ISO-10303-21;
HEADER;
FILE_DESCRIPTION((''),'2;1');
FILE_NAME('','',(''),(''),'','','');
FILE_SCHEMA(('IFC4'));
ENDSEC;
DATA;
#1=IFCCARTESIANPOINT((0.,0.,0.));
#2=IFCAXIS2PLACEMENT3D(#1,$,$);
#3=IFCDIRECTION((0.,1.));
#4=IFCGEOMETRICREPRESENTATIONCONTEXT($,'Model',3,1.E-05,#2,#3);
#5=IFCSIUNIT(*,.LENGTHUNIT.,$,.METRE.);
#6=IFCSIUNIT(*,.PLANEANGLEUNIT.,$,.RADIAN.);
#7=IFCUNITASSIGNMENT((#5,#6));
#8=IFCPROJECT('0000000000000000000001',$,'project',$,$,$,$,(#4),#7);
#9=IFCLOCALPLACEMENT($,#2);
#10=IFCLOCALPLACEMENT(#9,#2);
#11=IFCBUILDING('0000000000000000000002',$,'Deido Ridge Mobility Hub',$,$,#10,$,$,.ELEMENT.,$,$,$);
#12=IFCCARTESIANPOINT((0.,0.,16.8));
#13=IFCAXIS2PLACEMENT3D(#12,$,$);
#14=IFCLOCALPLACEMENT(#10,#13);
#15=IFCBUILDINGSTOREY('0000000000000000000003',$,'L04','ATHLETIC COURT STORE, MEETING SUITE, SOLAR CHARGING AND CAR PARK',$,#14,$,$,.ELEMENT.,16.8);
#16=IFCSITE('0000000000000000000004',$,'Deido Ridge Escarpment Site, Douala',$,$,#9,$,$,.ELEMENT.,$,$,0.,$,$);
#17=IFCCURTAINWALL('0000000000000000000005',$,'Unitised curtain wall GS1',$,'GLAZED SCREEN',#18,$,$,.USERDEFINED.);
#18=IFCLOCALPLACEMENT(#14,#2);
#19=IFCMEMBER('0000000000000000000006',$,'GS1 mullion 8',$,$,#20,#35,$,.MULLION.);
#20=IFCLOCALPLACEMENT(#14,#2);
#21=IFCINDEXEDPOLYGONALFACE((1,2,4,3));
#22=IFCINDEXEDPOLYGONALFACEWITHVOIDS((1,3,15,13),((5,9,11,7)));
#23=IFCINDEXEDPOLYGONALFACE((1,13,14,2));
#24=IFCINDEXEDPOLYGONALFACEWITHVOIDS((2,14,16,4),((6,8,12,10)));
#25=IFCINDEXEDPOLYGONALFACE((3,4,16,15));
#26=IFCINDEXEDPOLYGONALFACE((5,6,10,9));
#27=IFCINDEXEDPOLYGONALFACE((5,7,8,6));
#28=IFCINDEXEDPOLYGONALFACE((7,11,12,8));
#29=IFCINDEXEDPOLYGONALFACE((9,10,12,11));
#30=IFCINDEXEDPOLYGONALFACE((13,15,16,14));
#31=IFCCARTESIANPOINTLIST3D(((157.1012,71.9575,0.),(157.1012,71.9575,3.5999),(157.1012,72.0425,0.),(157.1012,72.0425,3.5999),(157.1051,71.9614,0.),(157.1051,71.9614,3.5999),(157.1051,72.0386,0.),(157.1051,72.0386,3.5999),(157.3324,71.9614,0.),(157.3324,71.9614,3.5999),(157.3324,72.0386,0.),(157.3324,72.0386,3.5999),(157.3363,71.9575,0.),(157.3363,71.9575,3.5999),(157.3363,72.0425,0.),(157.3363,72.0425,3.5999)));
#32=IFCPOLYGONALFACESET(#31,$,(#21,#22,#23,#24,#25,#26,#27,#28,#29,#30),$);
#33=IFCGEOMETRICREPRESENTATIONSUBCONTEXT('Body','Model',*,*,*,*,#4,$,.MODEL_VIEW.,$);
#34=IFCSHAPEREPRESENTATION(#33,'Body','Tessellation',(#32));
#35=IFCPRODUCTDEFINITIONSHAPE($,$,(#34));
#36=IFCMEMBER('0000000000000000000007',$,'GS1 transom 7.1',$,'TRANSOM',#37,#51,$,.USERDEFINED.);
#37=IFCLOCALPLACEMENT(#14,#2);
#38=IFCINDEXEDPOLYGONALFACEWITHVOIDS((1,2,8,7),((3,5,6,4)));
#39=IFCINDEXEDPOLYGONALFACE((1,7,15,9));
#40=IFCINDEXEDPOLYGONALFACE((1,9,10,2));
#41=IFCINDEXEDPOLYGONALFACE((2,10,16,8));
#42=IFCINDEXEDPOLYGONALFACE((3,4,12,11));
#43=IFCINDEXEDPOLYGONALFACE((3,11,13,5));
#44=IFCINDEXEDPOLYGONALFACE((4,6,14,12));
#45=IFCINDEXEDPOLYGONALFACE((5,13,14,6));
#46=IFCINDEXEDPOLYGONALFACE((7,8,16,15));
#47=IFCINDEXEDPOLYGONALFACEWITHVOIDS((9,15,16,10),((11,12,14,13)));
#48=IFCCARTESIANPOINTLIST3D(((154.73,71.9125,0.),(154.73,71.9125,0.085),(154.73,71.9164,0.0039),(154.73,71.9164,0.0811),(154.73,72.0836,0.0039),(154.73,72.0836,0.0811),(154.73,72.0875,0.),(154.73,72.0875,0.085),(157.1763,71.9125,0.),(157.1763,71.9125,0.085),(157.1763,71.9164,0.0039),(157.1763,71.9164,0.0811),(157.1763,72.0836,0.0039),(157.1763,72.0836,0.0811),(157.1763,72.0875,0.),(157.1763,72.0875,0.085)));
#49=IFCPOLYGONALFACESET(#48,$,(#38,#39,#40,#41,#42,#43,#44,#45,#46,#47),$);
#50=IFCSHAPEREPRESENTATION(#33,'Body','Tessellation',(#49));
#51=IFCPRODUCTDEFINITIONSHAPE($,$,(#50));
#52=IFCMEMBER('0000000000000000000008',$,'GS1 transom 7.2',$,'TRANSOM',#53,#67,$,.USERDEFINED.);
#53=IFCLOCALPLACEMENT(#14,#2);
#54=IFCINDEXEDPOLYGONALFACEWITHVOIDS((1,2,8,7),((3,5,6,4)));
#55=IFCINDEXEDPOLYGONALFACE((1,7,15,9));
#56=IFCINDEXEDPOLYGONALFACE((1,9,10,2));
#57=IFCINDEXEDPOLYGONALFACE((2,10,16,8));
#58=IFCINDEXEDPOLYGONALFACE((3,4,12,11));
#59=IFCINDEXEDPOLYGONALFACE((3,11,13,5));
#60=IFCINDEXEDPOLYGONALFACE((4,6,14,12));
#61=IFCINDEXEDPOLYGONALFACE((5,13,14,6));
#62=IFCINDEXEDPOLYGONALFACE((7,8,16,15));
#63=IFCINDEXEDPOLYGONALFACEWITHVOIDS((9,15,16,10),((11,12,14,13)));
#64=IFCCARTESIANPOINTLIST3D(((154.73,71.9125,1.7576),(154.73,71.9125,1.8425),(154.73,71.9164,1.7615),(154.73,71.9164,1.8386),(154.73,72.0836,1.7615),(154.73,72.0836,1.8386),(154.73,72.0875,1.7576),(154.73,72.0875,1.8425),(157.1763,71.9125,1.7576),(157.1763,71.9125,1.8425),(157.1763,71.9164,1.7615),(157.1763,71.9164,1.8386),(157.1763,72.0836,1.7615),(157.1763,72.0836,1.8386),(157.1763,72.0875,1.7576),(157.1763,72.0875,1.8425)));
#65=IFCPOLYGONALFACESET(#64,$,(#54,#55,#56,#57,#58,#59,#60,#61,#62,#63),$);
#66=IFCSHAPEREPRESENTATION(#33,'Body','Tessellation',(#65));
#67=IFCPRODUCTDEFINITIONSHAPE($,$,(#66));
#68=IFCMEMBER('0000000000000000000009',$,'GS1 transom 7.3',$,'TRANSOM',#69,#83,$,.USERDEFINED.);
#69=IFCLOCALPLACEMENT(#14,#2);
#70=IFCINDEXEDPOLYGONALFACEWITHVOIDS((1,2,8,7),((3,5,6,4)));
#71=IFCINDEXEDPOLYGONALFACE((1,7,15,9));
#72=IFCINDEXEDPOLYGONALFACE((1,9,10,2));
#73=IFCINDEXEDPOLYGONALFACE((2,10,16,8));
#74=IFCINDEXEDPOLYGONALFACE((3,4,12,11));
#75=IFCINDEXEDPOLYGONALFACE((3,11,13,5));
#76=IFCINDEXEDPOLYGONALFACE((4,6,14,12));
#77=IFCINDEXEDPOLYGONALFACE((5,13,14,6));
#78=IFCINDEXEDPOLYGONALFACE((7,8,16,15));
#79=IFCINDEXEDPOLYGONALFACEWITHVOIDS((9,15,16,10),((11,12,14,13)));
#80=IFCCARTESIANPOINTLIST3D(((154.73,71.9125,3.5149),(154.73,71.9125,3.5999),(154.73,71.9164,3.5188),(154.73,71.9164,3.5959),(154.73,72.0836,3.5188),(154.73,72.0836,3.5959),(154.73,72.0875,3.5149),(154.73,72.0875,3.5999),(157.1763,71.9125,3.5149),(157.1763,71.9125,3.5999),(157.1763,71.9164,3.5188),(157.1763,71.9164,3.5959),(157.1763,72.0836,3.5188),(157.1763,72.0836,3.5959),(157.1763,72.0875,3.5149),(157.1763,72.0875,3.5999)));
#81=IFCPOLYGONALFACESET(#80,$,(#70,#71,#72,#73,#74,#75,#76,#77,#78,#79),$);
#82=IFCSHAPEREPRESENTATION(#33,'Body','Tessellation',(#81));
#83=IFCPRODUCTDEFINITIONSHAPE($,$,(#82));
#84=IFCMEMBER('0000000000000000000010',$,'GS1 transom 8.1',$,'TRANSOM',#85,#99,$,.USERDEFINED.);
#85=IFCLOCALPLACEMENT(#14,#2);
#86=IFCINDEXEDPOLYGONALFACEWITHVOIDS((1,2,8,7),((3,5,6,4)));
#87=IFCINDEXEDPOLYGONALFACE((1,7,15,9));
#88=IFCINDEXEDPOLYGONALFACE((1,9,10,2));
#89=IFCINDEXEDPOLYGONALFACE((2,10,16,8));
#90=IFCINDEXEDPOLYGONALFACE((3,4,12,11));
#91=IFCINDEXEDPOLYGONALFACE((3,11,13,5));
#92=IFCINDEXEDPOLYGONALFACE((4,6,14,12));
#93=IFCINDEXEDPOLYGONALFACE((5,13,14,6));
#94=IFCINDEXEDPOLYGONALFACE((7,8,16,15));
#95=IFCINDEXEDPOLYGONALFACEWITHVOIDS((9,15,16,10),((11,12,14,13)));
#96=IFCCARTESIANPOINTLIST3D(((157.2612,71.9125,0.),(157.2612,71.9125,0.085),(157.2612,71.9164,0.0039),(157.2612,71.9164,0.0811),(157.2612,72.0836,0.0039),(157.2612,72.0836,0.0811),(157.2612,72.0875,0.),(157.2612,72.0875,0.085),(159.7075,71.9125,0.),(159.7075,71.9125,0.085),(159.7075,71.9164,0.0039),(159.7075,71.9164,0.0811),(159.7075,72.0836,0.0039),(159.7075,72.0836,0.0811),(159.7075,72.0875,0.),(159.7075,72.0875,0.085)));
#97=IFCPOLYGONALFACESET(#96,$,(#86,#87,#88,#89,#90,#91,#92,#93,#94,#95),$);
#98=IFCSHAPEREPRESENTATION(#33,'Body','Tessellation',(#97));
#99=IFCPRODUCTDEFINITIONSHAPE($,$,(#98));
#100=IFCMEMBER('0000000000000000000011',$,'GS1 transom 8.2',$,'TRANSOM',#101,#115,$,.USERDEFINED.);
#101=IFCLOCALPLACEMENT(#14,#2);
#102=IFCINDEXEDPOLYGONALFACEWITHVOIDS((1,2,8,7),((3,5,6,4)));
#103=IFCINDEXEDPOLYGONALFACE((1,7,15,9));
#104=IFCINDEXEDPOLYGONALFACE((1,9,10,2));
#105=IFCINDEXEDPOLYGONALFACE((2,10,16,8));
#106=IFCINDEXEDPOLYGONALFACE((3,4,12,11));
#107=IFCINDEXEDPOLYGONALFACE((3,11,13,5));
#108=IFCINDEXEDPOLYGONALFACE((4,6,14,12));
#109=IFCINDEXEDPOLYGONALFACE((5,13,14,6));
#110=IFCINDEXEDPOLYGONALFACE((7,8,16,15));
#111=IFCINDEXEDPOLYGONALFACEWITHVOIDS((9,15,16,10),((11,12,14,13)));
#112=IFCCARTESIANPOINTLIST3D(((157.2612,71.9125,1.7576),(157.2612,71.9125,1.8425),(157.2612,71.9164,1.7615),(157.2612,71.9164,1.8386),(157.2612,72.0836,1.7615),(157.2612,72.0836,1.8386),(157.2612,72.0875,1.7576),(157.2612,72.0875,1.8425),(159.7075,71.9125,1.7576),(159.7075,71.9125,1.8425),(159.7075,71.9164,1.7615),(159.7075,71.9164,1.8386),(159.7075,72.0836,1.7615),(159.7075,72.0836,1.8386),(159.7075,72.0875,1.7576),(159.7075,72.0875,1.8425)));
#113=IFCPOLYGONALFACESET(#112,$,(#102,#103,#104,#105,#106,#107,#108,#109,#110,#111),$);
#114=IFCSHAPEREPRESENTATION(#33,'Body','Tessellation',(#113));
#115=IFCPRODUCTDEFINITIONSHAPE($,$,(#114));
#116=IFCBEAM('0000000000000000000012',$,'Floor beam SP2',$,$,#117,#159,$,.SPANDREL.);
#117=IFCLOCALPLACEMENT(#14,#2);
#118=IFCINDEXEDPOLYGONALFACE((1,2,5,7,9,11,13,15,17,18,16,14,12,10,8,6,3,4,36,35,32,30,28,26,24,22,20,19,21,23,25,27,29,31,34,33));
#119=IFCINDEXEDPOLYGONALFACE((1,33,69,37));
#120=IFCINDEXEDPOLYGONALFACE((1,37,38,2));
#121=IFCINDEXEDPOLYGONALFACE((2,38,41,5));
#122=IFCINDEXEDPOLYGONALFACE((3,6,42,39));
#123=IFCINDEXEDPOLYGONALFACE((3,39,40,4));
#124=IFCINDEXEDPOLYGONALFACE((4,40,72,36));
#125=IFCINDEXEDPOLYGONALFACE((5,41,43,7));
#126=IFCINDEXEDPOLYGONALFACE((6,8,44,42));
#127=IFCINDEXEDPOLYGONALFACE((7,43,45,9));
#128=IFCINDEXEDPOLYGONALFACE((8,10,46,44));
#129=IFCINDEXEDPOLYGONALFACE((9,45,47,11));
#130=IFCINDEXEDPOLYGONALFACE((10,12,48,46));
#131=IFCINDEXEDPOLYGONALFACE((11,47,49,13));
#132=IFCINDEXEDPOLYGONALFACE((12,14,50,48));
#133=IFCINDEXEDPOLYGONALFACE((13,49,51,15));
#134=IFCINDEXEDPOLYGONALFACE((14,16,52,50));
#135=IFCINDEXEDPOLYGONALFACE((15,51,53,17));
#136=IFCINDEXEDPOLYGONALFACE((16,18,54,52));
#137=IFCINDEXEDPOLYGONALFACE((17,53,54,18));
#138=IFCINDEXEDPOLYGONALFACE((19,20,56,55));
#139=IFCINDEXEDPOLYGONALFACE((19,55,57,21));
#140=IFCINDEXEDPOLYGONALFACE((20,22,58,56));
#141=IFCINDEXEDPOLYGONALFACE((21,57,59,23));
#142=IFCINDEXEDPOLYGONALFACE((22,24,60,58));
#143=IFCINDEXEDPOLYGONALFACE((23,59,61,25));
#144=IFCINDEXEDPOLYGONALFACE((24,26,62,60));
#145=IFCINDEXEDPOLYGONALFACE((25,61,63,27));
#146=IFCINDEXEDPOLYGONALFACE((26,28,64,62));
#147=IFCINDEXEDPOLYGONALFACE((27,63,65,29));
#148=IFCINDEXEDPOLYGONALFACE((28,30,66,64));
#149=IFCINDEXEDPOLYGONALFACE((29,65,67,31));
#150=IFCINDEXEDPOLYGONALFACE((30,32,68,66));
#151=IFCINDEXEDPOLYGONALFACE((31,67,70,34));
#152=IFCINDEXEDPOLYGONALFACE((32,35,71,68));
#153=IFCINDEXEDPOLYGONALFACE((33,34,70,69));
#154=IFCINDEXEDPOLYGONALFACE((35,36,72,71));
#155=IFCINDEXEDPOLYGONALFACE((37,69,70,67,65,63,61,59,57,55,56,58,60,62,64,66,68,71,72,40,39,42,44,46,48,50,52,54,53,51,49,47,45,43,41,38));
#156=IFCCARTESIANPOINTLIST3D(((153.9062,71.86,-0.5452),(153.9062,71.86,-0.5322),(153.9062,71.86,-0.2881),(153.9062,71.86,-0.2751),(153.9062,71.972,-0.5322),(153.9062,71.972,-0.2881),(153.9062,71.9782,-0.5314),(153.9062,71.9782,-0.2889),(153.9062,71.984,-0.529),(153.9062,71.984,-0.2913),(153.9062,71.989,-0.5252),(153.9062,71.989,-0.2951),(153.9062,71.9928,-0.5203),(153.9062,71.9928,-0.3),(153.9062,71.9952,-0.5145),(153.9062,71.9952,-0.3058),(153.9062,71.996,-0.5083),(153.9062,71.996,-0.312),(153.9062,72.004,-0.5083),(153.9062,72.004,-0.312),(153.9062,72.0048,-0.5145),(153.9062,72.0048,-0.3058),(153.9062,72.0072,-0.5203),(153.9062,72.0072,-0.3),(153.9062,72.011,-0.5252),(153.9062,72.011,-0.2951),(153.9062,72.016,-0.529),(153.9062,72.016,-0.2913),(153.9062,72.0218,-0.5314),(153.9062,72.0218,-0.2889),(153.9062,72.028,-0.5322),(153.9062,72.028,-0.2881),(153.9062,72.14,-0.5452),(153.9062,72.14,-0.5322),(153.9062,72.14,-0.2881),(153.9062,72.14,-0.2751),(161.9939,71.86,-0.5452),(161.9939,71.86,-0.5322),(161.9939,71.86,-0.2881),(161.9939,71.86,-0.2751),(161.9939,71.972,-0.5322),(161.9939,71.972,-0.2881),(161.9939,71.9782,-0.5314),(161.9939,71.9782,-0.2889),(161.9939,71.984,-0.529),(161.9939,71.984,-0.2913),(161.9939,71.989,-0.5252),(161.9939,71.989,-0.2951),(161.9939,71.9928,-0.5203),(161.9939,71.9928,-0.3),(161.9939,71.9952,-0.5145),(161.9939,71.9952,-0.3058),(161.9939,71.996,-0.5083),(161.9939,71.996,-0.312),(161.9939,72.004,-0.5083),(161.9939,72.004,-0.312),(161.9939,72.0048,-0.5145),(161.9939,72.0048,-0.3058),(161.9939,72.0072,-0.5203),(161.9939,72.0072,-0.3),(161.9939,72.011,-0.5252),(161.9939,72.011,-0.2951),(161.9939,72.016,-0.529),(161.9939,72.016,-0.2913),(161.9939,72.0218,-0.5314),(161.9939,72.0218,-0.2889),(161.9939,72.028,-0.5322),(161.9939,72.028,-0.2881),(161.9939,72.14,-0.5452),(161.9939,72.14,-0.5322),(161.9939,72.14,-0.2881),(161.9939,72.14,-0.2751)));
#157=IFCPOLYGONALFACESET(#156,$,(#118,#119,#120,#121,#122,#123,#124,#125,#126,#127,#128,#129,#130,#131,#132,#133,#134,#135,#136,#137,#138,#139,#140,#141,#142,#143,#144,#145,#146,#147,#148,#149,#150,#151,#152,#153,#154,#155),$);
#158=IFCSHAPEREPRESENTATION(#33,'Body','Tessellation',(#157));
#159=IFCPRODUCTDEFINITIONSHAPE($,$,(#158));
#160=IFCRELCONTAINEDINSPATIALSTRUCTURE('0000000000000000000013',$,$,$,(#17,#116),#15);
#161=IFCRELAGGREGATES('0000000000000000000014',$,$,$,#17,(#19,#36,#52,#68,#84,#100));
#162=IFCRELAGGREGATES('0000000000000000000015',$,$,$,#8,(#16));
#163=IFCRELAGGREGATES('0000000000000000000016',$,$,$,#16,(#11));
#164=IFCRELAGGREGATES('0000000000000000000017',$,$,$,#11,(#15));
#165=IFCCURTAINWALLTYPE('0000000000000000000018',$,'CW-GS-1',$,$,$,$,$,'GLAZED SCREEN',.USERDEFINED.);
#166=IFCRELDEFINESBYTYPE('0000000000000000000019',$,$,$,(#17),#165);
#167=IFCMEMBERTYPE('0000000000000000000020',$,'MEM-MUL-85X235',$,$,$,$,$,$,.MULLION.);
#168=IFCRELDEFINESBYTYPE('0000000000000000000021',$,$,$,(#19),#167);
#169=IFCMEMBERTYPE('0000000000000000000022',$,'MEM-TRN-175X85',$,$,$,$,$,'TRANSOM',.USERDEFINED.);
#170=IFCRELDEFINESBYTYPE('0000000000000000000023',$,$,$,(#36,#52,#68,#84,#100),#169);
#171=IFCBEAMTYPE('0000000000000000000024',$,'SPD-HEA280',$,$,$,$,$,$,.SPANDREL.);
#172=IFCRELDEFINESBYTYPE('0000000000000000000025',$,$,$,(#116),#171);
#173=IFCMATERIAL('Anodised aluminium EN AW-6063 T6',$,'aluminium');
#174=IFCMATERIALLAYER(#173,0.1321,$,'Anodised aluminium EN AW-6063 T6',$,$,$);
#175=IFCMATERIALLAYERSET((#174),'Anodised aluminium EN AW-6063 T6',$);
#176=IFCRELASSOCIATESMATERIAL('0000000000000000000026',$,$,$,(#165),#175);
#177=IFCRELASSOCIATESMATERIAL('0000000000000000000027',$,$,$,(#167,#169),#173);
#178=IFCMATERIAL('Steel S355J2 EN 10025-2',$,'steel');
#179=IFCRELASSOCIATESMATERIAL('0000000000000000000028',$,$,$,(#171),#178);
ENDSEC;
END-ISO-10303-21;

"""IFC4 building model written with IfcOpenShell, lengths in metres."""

from ifc_helpers import new_model, si_unit, direction, frame, origin, origin_2d, place, context, subcontext, project, spatial, hollow_rectangle, i_section, extrude, material, layer, layer_set, material_profile, profile_set, type_object, element, aggregate, save


model = new_model("IFC4")

# Units and contexts
model_context = context("Model", 3, precision=1e-05, world=origin(), true_north=direction((0.0, 1.0)))
body_context = subcontext(model_context, "Body", "Model", "MODEL_VIEW")
ifc_project = project(units=[si_unit("LENGTHUNIT", "METRE"), si_unit("PLANEANGLEUNIT", "RADIAN")], contexts=[model_context])

# Site, building, storey
site_placement = place(None, origin())
site = spatial("IfcSite", under=ifc_project, at=site_placement, Name="Deido Ridge Escarpment Site, Douala", CompositionType="ELEMENT", RefElevation=0.0)
building_placement = place(site_placement, origin())
building = spatial("IfcBuilding", under=site, at=building_placement, Name="Deido Ridge Mobility Hub", CompositionType="ELEMENT")
storey_placement = place(building_placement, frame((0.0, 0.0, 16.8)))
storey = spatial("IfcBuildingStorey", under=building, at=storey_placement, Name="L04", Description="ATHLETIC COURT STORE, MEETING SUITE, SOLAR CHARGING AND CAR PARK", CompositionType="ELEMENT", Elevation=16.8)

# Shared definitions
ifc_material_1 = material(Name="Steel S355J2 EN 10025-2", Category="steel")

# Curtain wall, members
ifc_material_2 = material(Name="Anodised aluminium EN AW-6063 T6", Category="aluminium")
ifc_layer_1 = layer(ifc_material_2, 0.1321, Name="Anodised aluminium EN AW-6063 T6")
ifc_layer_set_1 = layer_set([ifc_layer_1], Name="Anodised aluminium EN AW-6063 T6")
curtain_wall_type = type_object("IfcCurtainWallType", Name="CW-GS-1", ElementType="GLAZED SCREEN", PredefinedType="USERDEFINED", material=ifc_layer_set_1)
curtain_wall_placement = place(storey_placement, origin())
curtain_wall = element("IfcCurtainWall", 1, at=curtain_wall_placement, inside=storey, type_object=curtain_wall_type, Name="Unitised curtain wall GS1", ObjectType="GLAZED SCREEN", PredefinedType="USERDEFINED")
ifc_material_profile_1 = material_profile(ifc_material_2, hollow_rectangle(XDim=0.085, YDim=0.2351, WallThickness=0.0039, at=origin_2d()), Name="RHS 85x235x4")
ifc_profile_set_1 = profile_set([ifc_material_profile_1], Name="Anodised aluminium EN AW-6063 T6")
member_type_1 = type_object("IfcMemberType", Name="MEM-MUL-85X235", PredefinedType="MULLION", material=ifc_profile_set_1)
member_1_placement = place(storey_placement, frame((157.2188, 72.0, 0.0), z_axis=(0.0, 0.0, 1.0), x_axis=(0.0, 1.0, 0.0)))
member_1 = element("IfcMember", 2, at=member_1_placement, type_object=member_type_1, Name="GS1 mullion 8", PredefinedType="MULLION", context=body_context, shape_type="SweptSolid", body=[
    extrude(hollow_rectangle(XDim=0.085, YDim=0.2351, WallThickness=0.0039, at=origin_2d()), origin(), (0.0, 0.0, 1.0), 3.5999),
])
ifc_material_profile_2 = material_profile(ifc_material_2, hollow_rectangle(XDim=0.175, YDim=0.085, WallThickness=0.0039, at=origin_2d()), Name="RHS 175x85x4")
ifc_profile_set_2 = profile_set([ifc_material_profile_2], Name="Anodised aluminium EN AW-6063 T6")
member_type_2 = type_object("IfcMemberType", Name="MEM-TRN-175X85", ElementType="TRANSOM", PredefinedType="USERDEFINED", material=ifc_profile_set_2)
member_2_placement = place(storey_placement, frame((154.73, 72.0, 0.0425), z_axis=(1.0, 0.0, 0.0), x_axis=(0.0, 1.0, 0.0)))
member_2 = element("IfcMember", 3, at=member_2_placement, type_object=member_type_2, Name="GS1 transom 7.1", ObjectType="TRANSOM", PredefinedType="USERDEFINED", context=body_context, shape_type="SweptSolid", body=[
    extrude(hollow_rectangle(XDim=0.175, YDim=0.085, WallThickness=0.0039, at=origin_2d()), origin(), (0.0, 0.0, 1.0), 2.4463),
])
member_3_placement = place(storey_placement, frame((154.73, 72.0, 1.8), z_axis=(1.0, 0.0, 0.0), x_axis=(0.0, 1.0, 0.0)))
member_3 = element("IfcMember", 4, at=member_3_placement, type_object=member_type_2, Name="GS1 transom 7.2", ObjectType="TRANSOM", PredefinedType="USERDEFINED", context=body_context, shape_type="SweptSolid", body=[
    extrude(hollow_rectangle(XDim=0.175, YDim=0.085, WallThickness=0.0039, at=origin_2d()), origin(), (0.0, 0.0, 1.0), 2.4463),
])
member_4_placement = place(storey_placement, frame((154.73, 72.0, 3.5574), z_axis=(1.0, 0.0, 0.0), x_axis=(0.0, 1.0, 0.0)))
member_4 = element("IfcMember", 5, at=member_4_placement, type_object=member_type_2, Name="GS1 transom 7.3", ObjectType="TRANSOM", PredefinedType="USERDEFINED", context=body_context, shape_type="SweptSolid", body=[
    extrude(hollow_rectangle(XDim=0.175, YDim=0.085, WallThickness=0.0039, at=origin_2d()), origin(), (0.0, 0.0, 1.0), 2.4463),
])
member_5_placement = place(storey_placement, frame((157.2612, 72.0, 0.0425), z_axis=(1.0, 0.0, 0.0), x_axis=(0.0, 1.0, 0.0)))
member_5 = element("IfcMember", 6, at=member_5_placement, type_object=member_type_2, Name="GS1 transom 8.1", ObjectType="TRANSOM", PredefinedType="USERDEFINED", context=body_context, shape_type="SweptSolid", body=[
    extrude(hollow_rectangle(XDim=0.175, YDim=0.085, WallThickness=0.0039, at=origin_2d()), origin(), (0.0, 0.0, 1.0), 2.4463),
])
member_6_placement = place(storey_placement, frame((157.2612, 72.0, 1.8), z_axis=(1.0, 0.0, 0.0), x_axis=(0.0, 1.0, 0.0)))
member_6 = element("IfcMember", 7, at=member_6_placement, type_object=member_type_2, Name="GS1 transom 8.2", ObjectType="TRANSOM", PredefinedType="USERDEFINED", context=body_context, shape_type="SweptSolid", body=[
    extrude(hollow_rectangle(XDim=0.175, YDim=0.085, WallThickness=0.0039, at=origin_2d()), origin(), (0.0, 0.0, 1.0), 2.4463),
])

# Beam
ifc_material_profile_3 = material_profile(ifc_material_1, i_section(OverallWidth=0.28, OverallDepth=0.27, WebThickness=0.0081, FlangeThickness=0.0129, FilletRadius=0.0239, at=origin_2d()), Name="HEA 280")
ifc_profile_set_3 = profile_set([ifc_material_profile_3], Name="Steel S355J2 EN 10025-2")
beam_type_1 = type_object("IfcBeamType", Name="SPD-HEA280", PredefinedType="SPANDREL", material=ifc_profile_set_3)
beam_1_placement = place(storey_placement, frame((153.9062, 72.0, -0.4102), z_axis=(1.0, 0.0, 0.0), x_axis=(0.0, 1.0, 0.0)))
element("IfcBeam", 8, at=beam_1_placement, inside=storey, type_object=beam_type_1, Name="Floor beam SP2", PredefinedType="SPANDREL", context=body_context, shape_type="SweptSolid", body=[
    extrude(i_section(OverallWidth=0.28, OverallDepth=0.27, WebThickness=0.0081, FlangeThickness=0.0129, FilletRadius=0.0239, at=origin_2d()), origin(), (0.0, 0.0, 1.0), 8.0876),
])

aggregate(curtain_wall, [member_1, member_2, member_3, member_4, member_5, member_6])

save(model, "model.ifc")
